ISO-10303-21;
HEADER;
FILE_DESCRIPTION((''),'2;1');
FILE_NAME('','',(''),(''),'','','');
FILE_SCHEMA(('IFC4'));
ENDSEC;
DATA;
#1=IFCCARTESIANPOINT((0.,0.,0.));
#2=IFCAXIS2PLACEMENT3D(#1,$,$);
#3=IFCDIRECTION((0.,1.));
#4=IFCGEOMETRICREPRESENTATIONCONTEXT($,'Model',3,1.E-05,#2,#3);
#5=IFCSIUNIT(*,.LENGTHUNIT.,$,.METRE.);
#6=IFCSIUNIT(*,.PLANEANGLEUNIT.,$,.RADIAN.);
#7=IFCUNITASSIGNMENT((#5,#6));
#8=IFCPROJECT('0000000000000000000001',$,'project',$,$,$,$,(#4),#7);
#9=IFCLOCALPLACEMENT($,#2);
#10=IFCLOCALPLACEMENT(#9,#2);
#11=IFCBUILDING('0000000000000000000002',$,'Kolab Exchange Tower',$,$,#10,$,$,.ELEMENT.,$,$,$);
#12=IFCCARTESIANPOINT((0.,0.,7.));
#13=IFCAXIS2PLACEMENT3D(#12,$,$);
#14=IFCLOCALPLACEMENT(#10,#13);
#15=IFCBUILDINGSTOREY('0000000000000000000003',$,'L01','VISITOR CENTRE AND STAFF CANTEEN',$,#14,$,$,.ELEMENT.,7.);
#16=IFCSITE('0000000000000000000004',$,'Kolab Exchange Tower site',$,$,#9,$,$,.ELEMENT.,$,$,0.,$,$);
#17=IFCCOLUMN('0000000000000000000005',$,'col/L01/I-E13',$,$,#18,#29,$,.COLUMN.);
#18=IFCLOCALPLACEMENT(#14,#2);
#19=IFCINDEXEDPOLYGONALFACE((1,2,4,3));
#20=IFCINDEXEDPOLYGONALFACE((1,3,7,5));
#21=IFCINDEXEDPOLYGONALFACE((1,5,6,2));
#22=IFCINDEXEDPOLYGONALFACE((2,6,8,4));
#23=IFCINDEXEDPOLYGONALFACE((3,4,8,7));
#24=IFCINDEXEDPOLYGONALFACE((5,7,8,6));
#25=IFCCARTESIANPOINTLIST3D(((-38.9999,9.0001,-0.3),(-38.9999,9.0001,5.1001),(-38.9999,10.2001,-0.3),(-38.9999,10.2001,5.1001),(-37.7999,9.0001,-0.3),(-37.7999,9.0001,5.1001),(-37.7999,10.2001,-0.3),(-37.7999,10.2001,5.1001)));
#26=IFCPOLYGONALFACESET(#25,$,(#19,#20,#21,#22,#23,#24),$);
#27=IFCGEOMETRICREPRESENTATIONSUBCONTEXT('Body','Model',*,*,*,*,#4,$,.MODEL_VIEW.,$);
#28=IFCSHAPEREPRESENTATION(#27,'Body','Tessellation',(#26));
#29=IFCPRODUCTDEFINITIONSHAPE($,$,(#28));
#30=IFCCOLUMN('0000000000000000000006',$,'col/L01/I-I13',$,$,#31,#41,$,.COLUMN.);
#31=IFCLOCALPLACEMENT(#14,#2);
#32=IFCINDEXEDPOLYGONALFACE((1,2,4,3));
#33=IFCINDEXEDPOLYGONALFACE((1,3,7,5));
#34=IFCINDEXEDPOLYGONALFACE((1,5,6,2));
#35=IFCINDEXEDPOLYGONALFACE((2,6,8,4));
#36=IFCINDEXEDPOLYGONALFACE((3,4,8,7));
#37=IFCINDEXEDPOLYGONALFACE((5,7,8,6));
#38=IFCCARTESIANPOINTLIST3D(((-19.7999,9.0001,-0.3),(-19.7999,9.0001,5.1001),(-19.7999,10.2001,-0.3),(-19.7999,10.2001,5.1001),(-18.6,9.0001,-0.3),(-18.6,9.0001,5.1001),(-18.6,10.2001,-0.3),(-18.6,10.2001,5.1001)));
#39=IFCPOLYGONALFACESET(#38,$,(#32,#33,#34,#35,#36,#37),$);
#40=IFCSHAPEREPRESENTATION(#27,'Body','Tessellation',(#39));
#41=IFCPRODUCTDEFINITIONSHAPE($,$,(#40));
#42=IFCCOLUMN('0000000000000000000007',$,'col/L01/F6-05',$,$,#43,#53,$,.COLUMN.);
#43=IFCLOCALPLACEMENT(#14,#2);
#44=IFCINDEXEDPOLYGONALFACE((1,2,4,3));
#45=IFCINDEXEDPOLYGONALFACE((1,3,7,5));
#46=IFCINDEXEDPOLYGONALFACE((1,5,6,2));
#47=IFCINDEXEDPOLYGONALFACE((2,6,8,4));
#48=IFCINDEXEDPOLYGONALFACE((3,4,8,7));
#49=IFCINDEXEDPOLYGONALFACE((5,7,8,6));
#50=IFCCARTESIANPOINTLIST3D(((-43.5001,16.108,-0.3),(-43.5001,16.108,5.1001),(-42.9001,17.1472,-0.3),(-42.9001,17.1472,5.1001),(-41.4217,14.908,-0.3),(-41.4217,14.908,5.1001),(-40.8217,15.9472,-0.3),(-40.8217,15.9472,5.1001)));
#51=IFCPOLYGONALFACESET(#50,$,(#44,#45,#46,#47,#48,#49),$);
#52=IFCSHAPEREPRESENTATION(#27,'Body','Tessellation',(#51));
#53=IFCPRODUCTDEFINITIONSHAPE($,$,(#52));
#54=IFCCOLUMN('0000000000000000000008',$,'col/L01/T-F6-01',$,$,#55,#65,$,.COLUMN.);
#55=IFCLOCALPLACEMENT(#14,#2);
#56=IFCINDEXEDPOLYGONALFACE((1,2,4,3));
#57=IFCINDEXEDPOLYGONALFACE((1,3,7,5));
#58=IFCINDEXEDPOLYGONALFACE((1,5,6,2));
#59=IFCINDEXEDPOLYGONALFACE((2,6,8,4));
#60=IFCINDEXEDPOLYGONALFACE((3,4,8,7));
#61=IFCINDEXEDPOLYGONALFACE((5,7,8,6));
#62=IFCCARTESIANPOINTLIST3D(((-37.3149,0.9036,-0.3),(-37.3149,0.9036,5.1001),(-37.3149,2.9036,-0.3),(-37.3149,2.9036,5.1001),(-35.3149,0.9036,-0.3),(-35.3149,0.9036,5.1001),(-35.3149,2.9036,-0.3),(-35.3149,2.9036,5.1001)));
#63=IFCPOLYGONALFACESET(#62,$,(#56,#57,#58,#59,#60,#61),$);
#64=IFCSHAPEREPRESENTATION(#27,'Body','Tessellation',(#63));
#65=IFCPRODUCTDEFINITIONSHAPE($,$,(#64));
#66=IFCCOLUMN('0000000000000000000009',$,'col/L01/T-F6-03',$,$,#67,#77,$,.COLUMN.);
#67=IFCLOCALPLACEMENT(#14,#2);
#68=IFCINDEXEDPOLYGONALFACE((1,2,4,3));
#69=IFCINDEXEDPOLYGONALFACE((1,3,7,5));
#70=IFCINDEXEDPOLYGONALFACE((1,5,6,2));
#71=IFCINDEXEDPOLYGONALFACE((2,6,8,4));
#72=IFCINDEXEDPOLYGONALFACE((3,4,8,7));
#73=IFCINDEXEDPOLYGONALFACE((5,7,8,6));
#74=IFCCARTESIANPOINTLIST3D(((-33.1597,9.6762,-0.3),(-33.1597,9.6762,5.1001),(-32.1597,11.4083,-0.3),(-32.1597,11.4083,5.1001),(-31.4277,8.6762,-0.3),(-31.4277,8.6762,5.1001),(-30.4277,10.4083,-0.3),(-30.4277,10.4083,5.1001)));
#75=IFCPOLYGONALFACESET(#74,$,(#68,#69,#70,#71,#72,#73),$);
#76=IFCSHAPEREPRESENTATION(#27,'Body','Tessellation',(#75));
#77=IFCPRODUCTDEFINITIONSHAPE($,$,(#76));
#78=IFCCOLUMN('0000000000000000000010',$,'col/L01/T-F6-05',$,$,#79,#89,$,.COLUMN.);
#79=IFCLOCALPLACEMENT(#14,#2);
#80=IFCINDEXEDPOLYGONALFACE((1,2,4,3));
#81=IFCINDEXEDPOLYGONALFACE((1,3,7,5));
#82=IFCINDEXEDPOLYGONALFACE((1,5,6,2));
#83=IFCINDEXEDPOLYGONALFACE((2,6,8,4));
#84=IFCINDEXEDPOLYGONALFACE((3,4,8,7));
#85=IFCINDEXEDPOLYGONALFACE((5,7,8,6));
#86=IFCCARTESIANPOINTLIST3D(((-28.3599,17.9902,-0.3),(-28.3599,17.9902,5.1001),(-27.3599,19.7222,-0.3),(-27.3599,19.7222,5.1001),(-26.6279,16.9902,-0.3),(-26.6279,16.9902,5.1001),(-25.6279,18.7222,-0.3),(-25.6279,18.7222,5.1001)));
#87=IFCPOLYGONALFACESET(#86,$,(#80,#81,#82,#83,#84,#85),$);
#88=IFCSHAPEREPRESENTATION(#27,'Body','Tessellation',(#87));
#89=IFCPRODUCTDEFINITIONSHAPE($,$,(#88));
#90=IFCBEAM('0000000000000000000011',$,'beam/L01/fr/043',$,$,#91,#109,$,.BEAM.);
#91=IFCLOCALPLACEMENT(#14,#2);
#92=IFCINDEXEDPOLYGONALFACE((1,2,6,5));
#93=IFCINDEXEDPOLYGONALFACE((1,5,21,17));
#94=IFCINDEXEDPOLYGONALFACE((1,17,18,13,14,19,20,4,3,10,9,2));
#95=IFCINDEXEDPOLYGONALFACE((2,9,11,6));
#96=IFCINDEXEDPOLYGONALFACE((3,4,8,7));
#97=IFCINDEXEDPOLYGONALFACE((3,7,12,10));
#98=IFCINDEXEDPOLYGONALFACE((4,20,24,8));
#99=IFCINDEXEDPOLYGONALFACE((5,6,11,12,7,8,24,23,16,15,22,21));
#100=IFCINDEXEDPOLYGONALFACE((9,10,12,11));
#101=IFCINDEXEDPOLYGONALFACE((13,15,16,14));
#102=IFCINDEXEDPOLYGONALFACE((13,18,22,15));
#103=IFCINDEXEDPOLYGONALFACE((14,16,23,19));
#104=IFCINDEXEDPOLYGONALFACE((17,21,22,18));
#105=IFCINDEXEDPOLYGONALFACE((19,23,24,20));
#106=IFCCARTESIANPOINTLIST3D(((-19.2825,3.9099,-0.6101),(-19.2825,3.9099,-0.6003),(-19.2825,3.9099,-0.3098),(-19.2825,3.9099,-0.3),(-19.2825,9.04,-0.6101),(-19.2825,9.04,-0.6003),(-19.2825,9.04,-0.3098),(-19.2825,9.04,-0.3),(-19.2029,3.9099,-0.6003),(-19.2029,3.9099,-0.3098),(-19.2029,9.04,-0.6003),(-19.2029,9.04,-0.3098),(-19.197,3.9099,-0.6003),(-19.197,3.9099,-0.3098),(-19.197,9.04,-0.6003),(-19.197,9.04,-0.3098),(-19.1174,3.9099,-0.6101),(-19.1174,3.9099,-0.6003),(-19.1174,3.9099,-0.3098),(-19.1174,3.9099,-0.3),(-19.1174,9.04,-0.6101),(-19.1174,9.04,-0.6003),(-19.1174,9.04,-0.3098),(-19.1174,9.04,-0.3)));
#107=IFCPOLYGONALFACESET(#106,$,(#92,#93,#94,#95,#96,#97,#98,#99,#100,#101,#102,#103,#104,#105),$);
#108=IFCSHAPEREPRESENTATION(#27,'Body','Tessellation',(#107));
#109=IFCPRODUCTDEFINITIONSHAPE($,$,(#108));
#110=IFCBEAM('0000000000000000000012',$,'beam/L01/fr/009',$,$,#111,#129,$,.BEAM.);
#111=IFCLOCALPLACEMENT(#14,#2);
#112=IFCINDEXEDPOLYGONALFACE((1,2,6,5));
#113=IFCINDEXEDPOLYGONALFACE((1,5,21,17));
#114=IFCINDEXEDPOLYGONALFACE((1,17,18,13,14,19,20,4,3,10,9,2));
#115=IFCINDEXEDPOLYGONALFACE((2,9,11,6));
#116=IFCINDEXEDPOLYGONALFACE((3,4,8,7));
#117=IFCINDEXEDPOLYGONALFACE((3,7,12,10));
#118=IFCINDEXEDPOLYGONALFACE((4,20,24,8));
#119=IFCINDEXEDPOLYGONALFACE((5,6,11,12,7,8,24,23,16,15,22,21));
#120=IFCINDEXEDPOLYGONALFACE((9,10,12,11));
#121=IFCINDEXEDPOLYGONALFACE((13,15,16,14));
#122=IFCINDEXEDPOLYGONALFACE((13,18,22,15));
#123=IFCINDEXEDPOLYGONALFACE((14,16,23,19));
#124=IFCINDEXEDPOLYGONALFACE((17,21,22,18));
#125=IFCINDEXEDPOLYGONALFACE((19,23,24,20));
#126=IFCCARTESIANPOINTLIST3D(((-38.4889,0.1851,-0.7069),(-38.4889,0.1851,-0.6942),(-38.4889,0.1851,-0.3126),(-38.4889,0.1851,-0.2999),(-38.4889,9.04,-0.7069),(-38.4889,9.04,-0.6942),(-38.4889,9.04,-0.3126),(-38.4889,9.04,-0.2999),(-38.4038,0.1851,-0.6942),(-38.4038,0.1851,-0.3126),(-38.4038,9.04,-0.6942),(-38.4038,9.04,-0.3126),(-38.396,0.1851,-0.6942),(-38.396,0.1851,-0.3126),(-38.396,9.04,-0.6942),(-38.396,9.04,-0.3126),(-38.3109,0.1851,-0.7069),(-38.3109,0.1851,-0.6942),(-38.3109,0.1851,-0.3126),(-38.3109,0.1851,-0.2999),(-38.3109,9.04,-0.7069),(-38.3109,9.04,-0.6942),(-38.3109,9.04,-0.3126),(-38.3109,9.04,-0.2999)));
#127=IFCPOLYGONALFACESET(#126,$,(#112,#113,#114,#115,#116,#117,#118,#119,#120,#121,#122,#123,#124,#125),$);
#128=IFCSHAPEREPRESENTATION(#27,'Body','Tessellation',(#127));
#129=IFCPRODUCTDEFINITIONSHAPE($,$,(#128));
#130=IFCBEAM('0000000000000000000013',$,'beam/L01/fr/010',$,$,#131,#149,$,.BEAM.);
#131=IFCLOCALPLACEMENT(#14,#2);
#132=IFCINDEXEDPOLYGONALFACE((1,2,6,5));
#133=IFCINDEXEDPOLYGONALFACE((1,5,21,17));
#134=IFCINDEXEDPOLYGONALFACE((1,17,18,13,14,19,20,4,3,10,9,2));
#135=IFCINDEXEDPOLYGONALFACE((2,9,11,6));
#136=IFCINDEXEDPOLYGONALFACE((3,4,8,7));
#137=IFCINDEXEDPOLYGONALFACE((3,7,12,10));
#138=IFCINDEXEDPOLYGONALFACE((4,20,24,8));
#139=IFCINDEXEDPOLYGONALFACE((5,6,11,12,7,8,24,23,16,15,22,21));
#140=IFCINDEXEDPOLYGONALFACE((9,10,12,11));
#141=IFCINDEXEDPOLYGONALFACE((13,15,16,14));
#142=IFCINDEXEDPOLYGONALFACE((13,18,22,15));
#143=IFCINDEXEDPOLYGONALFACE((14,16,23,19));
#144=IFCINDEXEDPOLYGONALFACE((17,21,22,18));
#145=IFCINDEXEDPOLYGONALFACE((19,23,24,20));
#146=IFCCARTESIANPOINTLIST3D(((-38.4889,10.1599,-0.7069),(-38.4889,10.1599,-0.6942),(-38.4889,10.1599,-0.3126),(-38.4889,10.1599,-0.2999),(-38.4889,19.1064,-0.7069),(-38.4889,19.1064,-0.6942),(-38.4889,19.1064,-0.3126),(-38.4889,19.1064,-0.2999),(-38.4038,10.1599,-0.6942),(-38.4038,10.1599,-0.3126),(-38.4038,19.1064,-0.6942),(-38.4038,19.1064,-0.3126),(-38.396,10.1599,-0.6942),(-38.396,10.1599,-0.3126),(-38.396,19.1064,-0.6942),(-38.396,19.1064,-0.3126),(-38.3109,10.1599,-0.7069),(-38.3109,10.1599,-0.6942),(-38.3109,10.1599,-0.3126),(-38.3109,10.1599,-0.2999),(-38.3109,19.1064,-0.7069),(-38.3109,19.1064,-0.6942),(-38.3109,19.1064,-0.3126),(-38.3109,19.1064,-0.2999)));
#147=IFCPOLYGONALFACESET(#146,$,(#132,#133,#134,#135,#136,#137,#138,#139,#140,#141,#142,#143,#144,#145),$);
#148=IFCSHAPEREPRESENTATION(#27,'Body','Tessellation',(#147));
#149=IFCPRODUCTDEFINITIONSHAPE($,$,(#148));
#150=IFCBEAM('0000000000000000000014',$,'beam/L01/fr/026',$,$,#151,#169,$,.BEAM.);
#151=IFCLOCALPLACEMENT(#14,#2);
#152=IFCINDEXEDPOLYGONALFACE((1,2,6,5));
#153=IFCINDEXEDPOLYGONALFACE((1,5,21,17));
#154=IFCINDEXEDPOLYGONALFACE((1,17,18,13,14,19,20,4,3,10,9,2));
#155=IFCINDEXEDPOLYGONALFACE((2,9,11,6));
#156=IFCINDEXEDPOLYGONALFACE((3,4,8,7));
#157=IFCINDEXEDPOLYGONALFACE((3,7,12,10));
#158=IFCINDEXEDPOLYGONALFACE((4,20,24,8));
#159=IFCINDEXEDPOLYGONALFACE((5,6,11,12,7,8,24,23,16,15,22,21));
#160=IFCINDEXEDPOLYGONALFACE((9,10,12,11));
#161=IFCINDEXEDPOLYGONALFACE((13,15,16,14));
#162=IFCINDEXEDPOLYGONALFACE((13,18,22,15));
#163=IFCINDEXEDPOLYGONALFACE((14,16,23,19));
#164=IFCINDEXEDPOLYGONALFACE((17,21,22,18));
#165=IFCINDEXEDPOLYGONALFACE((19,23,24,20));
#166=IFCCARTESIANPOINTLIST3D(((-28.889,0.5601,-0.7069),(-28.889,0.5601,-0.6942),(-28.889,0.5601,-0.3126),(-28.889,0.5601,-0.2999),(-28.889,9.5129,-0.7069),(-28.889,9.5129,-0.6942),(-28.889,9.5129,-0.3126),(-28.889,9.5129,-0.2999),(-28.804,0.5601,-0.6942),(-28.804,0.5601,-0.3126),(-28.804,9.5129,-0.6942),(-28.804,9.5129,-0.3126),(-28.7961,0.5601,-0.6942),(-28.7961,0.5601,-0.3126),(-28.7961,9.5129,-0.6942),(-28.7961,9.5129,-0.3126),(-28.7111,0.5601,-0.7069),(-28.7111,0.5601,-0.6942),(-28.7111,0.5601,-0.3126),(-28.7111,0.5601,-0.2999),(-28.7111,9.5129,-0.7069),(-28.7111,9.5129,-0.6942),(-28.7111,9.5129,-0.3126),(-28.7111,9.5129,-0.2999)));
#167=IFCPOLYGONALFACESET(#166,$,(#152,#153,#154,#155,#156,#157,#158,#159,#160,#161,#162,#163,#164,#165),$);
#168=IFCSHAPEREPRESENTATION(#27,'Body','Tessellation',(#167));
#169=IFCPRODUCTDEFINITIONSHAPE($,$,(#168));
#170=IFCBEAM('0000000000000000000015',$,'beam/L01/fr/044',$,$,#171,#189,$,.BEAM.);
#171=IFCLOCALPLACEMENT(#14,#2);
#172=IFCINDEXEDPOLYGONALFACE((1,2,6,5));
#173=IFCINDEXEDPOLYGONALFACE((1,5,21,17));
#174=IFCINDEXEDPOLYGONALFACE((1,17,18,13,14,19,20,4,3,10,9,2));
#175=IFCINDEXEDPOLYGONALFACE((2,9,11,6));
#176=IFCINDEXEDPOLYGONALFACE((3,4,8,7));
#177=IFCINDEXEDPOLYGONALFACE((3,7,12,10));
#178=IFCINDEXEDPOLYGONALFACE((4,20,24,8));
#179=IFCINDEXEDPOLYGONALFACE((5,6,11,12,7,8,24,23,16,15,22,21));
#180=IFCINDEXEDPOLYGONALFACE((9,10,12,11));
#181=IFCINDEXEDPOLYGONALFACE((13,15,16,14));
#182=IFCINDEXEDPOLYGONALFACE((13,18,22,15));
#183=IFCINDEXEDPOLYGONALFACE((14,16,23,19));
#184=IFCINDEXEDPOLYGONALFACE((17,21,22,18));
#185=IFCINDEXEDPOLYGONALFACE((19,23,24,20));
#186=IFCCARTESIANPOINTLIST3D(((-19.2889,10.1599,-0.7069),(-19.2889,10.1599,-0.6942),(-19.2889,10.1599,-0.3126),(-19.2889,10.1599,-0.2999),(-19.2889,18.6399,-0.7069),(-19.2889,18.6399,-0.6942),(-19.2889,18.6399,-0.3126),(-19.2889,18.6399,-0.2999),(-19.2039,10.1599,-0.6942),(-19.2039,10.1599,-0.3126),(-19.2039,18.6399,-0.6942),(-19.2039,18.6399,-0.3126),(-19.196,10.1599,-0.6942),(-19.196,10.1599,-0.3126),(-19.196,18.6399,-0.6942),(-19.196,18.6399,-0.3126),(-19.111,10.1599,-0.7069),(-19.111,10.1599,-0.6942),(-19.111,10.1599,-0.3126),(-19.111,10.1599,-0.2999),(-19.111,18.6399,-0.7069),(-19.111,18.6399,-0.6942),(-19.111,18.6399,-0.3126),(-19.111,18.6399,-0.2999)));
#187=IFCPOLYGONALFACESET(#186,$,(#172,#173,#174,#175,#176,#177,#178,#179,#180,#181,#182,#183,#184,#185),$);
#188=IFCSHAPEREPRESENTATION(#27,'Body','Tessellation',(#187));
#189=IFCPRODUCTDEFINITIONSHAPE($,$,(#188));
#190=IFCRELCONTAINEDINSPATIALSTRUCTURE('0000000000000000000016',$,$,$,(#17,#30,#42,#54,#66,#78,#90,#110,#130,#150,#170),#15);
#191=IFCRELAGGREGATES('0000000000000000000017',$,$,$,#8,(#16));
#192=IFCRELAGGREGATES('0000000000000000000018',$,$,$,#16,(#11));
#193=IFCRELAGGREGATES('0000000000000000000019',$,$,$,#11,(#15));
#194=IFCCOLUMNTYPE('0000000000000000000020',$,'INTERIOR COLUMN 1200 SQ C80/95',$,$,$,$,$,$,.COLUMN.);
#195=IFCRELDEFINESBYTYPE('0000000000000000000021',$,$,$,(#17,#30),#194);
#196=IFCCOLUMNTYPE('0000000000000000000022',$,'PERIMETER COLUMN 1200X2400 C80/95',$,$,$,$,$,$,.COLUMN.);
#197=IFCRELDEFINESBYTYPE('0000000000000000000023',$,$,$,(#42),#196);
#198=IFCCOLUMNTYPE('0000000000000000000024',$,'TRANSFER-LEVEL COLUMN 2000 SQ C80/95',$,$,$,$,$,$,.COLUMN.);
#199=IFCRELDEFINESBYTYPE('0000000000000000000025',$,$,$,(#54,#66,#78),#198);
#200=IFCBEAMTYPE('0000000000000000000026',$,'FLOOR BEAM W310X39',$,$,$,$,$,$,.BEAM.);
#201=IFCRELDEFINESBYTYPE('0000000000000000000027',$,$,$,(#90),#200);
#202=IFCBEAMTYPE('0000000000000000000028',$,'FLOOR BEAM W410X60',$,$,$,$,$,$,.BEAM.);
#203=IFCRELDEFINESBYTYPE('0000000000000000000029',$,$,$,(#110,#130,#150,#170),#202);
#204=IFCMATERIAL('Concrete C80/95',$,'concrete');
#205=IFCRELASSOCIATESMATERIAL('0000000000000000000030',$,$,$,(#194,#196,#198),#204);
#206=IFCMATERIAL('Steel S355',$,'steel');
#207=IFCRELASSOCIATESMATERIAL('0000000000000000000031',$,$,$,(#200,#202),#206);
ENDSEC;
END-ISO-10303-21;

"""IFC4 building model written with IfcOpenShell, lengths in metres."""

from ifc_helpers import new_model, si_unit, direction, frame, origin, origin_2d, place, context, subcontext, project, spatial, rectangle, i_section, extrude, material, material_profile, profile_set, type_object, element, save


model = new_model("IFC4")

# Units and contexts
model_context = context("Model", 3, precision=1e-05, world=origin(), true_north=direction((0.0, 1.0)))
body_context = subcontext(model_context, "Body", "Model", "MODEL_VIEW")
ifc_project = project(units=[si_unit("LENGTHUNIT", "METRE"), si_unit("PLANEANGLEUNIT", "RADIAN")], contexts=[model_context])

# Site, building, storey
site_placement = place(None, origin())
site = spatial("IfcSite", under=ifc_project, at=site_placement, Name="Kolab Exchange Tower site", CompositionType="ELEMENT", RefElevation=0.0)
building_placement = place(site_placement, origin())
building = spatial("IfcBuilding", under=site, at=building_placement, Name="Kolab Exchange Tower", CompositionType="ELEMENT")
storey_placement = place(building_placement, frame((0.0, 0.0, 7.0)))
storey = spatial("IfcBuildingStorey", under=building, at=storey_placement, Name="L01", Description="VISITOR CENTRE AND STAFF CANTEEN", CompositionType="ELEMENT", Elevation=7.0)

# Columns
ifc_material_1 = material(Name="Concrete C80/95", Category="concrete")
ifc_material_profile_1 = material_profile(ifc_material_1, rectangle(XDim=1.2, YDim=1.2, at=origin_2d()), Name="RC1200")
ifc_profile_set_1 = profile_set([ifc_material_profile_1], Name="Concrete C80/95")
column_type_1 = type_object("IfcColumnType", Name="INTERIOR COLUMN 1200 SQ C80/95", PredefinedType="COLUMN", material=ifc_profile_set_1)
for number, where, z_axis, x_axis, name in (
    (1, (-38.3999, 9.6001, -0.3), (0.0, 0.0, 1.0), (1.0, 0.0, 0.0), "col/L01/I-E13"),
    (2, (-19.2, 9.6001, -0.3), (0.0, 0.0, 1.0), (1.0, 0.0, 0.0), "col/L01/I-I13"),
):
    element("IfcColumn", number, at=place(storey_placement, frame(where, z_axis=z_axis, x_axis=x_axis)), inside=storey, type_object=column_type_1, Name=name, PredefinedType="COLUMN", context=body_context, shape_type="SweptSolid", body=[
        extrude(rectangle(XDim=1.2, YDim=1.2, at=origin_2d()), origin(), (0.0, 0.0, 1.0), 5.4001),
    ])
ifc_material_profile_2 = material_profile(ifc_material_1, rectangle(XDim=1.2, YDim=2.3999, at=origin_2d()), Name="RC1200X2400")
ifc_profile_set_2 = profile_set([ifc_material_profile_2], Name="Concrete C80/95")
column_type_2 = type_object("IfcColumnType", Name="PERIMETER COLUMN 1200X2400 C80/95", PredefinedType="COLUMN", material=ifc_profile_set_2)
column_placement = place(storey_placement, frame((-42.1609, 16.0276, -0.3), z_axis=(0.0, 0.0, 1.0), x_axis=(0.5, 0.866025, 0.0)))
element("IfcColumn", 3, at=column_placement, inside=storey, type_object=column_type_2, Name="col/L01/F6-05", PredefinedType="COLUMN", context=body_context, shape_type="SweptSolid", body=[
    extrude(rectangle(XDim=1.2, YDim=2.3999, at=origin_2d()), origin(), (0.0, 0.0, 1.0), 5.4001),
])
ifc_material_profile_3 = material_profile(ifc_material_1, rectangle(XDim=2.0, YDim=2.0, at=origin_2d()), Name="RC2000")
ifc_profile_set_3 = profile_set([ifc_material_profile_3], Name="Concrete C80/95")
column_type_3 = type_object("IfcColumnType", Name="TRANSFER-LEVEL COLUMN 2000 SQ C80/95", PredefinedType="COLUMN", material=ifc_profile_set_3)
for number, where, z_axis, x_axis, name in (
    (4, (-36.3149, 1.9036, -0.3), (0.0, 0.0, 1.0), (1.0, 0.0, 0.0), "col/L01/T-F6-01"),
    (5, (-31.7937, 10.0422, -0.3), (0.0, 0.0, 1.0), (0.5, 0.866025, 0.0), "col/L01/T-F6-03"),
    (6, (-26.9939, 18.3562, -0.3), (0.0, 0.0, 1.0), (0.5, 0.866025, 0.0), "col/L01/T-F6-05"),
):
    element("IfcColumn", number, at=place(storey_placement, frame(where, z_axis=z_axis, x_axis=x_axis)), inside=storey, type_object=column_type_3, Name=name, PredefinedType="COLUMN", context=body_context, shape_type="SweptSolid", body=[
        extrude(rectangle(XDim=2.0, YDim=2.0, at=origin_2d()), origin(), (0.0, 0.0, 1.0), 5.4001),
    ])

# Beams
ifc_material_2 = material(Name="Steel S355", Category="steel")
ifc_material_profile_4 = material_profile(ifc_material_2, i_section(OverallWidth=0.165, OverallDepth=0.3101, WebThickness=0.0059, FlangeThickness=0.0098, at=origin_2d()), Name="W310X39")
ifc_profile_set_4 = profile_set([ifc_material_profile_4], Name="Steel S355")
beam_type_1 = type_object("IfcBeamType", Name="FLOOR BEAM W310X39", PredefinedType="BEAM", material=ifc_profile_set_4)
beam_1_placement = place(storey_placement, frame((-19.2, 3.9099, -0.4551), z_axis=(0.0, 1.0, 0.0), x_axis=(-1.0, 0.0, 0.0)))
element("IfcBeam", 7, at=beam_1_placement, inside=storey, type_object=beam_type_1, Name="beam/L01/fr/043", PredefinedType="BEAM", context=body_context, shape_type="SweptSolid", body=[
    extrude(i_section(OverallWidth=0.165, OverallDepth=0.3101, WebThickness=0.0059, FlangeThickness=0.0098, at=origin_2d()), origin(), (0.0, 0.0, 1.0), 5.1301),
])
ifc_material_profile_5 = material_profile(ifc_material_2, i_section(OverallWidth=0.178, OverallDepth=0.407, WebThickness=0.0078, FlangeThickness=0.0127, at=origin_2d()), Name="W410X60")
ifc_profile_set_5 = profile_set([ifc_material_profile_5], Name="Steel S355")
beam_type_2 = type_object("IfcBeamType", Name="FLOOR BEAM W410X60", PredefinedType="BEAM", material=ifc_profile_set_5)
beam_2_placement = place(storey_placement, frame((-38.3999, 0.1851, -0.5034), z_axis=(0.0, 1.0, 0.0), x_axis=(-1.0, 0.0, 0.0)))
element("IfcBeam", 8, at=beam_2_placement, inside=storey, type_object=beam_type_2, Name="beam/L01/fr/009", PredefinedType="BEAM", context=body_context, shape_type="SweptSolid", body=[
    extrude(i_section(OverallWidth=0.178, OverallDepth=0.407, WebThickness=0.0078, FlangeThickness=0.0127, at=origin_2d()), origin(), (0.0, 0.0, 1.0), 8.855),
])
beam_3_placement = place(storey_placement, frame((-38.3999, 10.1599, -0.5034), z_axis=(0.0, 1.0, 0.0), x_axis=(-1.0, 0.0, 0.0)))
element("IfcBeam", 9, at=beam_3_placement, inside=storey, type_object=beam_type_2, Name="beam/L01/fr/010", PredefinedType="BEAM", context=body_context, shape_type="SweptSolid", body=[
    extrude(i_section(OverallWidth=0.178, OverallDepth=0.407, WebThickness=0.0078, FlangeThickness=0.0127, at=origin_2d()), origin(), (0.0, 0.0, 1.0), 8.9465),
])
beam_4_placement = place(storey_placement, frame((-28.8, 0.5601, -0.5034), z_axis=(0.0, 1.0, 0.0), x_axis=(-1.0, 0.0, 0.0)))
element("IfcBeam", 10, at=beam_4_placement, inside=storey, type_object=beam_type_2, Name="beam/L01/fr/026", PredefinedType="BEAM", context=body_context, shape_type="SweptSolid", body=[
    extrude(i_section(OverallWidth=0.178, OverallDepth=0.407, WebThickness=0.0078, FlangeThickness=0.0127, at=origin_2d()), origin(), (0.0, 0.0, 1.0), 8.9529),
])
beam_5_placement = place(storey_placement, frame((-19.2, 10.1599, -0.5034), z_axis=(0.0, 1.0, 0.0), x_axis=(-1.0, 0.0, 0.0)))
element("IfcBeam", 11, at=beam_5_placement, inside=storey, type_object=beam_type_2, Name="beam/L01/fr/044", PredefinedType="BEAM", context=body_context, shape_type="SweptSolid", body=[
    extrude(i_section(OverallWidth=0.178, OverallDepth=0.407, WebThickness=0.0078, FlangeThickness=0.0127, at=origin_2d()), origin(), (0.0, 0.0, 1.0), 8.48),
])

save(model, "model.ifc")
